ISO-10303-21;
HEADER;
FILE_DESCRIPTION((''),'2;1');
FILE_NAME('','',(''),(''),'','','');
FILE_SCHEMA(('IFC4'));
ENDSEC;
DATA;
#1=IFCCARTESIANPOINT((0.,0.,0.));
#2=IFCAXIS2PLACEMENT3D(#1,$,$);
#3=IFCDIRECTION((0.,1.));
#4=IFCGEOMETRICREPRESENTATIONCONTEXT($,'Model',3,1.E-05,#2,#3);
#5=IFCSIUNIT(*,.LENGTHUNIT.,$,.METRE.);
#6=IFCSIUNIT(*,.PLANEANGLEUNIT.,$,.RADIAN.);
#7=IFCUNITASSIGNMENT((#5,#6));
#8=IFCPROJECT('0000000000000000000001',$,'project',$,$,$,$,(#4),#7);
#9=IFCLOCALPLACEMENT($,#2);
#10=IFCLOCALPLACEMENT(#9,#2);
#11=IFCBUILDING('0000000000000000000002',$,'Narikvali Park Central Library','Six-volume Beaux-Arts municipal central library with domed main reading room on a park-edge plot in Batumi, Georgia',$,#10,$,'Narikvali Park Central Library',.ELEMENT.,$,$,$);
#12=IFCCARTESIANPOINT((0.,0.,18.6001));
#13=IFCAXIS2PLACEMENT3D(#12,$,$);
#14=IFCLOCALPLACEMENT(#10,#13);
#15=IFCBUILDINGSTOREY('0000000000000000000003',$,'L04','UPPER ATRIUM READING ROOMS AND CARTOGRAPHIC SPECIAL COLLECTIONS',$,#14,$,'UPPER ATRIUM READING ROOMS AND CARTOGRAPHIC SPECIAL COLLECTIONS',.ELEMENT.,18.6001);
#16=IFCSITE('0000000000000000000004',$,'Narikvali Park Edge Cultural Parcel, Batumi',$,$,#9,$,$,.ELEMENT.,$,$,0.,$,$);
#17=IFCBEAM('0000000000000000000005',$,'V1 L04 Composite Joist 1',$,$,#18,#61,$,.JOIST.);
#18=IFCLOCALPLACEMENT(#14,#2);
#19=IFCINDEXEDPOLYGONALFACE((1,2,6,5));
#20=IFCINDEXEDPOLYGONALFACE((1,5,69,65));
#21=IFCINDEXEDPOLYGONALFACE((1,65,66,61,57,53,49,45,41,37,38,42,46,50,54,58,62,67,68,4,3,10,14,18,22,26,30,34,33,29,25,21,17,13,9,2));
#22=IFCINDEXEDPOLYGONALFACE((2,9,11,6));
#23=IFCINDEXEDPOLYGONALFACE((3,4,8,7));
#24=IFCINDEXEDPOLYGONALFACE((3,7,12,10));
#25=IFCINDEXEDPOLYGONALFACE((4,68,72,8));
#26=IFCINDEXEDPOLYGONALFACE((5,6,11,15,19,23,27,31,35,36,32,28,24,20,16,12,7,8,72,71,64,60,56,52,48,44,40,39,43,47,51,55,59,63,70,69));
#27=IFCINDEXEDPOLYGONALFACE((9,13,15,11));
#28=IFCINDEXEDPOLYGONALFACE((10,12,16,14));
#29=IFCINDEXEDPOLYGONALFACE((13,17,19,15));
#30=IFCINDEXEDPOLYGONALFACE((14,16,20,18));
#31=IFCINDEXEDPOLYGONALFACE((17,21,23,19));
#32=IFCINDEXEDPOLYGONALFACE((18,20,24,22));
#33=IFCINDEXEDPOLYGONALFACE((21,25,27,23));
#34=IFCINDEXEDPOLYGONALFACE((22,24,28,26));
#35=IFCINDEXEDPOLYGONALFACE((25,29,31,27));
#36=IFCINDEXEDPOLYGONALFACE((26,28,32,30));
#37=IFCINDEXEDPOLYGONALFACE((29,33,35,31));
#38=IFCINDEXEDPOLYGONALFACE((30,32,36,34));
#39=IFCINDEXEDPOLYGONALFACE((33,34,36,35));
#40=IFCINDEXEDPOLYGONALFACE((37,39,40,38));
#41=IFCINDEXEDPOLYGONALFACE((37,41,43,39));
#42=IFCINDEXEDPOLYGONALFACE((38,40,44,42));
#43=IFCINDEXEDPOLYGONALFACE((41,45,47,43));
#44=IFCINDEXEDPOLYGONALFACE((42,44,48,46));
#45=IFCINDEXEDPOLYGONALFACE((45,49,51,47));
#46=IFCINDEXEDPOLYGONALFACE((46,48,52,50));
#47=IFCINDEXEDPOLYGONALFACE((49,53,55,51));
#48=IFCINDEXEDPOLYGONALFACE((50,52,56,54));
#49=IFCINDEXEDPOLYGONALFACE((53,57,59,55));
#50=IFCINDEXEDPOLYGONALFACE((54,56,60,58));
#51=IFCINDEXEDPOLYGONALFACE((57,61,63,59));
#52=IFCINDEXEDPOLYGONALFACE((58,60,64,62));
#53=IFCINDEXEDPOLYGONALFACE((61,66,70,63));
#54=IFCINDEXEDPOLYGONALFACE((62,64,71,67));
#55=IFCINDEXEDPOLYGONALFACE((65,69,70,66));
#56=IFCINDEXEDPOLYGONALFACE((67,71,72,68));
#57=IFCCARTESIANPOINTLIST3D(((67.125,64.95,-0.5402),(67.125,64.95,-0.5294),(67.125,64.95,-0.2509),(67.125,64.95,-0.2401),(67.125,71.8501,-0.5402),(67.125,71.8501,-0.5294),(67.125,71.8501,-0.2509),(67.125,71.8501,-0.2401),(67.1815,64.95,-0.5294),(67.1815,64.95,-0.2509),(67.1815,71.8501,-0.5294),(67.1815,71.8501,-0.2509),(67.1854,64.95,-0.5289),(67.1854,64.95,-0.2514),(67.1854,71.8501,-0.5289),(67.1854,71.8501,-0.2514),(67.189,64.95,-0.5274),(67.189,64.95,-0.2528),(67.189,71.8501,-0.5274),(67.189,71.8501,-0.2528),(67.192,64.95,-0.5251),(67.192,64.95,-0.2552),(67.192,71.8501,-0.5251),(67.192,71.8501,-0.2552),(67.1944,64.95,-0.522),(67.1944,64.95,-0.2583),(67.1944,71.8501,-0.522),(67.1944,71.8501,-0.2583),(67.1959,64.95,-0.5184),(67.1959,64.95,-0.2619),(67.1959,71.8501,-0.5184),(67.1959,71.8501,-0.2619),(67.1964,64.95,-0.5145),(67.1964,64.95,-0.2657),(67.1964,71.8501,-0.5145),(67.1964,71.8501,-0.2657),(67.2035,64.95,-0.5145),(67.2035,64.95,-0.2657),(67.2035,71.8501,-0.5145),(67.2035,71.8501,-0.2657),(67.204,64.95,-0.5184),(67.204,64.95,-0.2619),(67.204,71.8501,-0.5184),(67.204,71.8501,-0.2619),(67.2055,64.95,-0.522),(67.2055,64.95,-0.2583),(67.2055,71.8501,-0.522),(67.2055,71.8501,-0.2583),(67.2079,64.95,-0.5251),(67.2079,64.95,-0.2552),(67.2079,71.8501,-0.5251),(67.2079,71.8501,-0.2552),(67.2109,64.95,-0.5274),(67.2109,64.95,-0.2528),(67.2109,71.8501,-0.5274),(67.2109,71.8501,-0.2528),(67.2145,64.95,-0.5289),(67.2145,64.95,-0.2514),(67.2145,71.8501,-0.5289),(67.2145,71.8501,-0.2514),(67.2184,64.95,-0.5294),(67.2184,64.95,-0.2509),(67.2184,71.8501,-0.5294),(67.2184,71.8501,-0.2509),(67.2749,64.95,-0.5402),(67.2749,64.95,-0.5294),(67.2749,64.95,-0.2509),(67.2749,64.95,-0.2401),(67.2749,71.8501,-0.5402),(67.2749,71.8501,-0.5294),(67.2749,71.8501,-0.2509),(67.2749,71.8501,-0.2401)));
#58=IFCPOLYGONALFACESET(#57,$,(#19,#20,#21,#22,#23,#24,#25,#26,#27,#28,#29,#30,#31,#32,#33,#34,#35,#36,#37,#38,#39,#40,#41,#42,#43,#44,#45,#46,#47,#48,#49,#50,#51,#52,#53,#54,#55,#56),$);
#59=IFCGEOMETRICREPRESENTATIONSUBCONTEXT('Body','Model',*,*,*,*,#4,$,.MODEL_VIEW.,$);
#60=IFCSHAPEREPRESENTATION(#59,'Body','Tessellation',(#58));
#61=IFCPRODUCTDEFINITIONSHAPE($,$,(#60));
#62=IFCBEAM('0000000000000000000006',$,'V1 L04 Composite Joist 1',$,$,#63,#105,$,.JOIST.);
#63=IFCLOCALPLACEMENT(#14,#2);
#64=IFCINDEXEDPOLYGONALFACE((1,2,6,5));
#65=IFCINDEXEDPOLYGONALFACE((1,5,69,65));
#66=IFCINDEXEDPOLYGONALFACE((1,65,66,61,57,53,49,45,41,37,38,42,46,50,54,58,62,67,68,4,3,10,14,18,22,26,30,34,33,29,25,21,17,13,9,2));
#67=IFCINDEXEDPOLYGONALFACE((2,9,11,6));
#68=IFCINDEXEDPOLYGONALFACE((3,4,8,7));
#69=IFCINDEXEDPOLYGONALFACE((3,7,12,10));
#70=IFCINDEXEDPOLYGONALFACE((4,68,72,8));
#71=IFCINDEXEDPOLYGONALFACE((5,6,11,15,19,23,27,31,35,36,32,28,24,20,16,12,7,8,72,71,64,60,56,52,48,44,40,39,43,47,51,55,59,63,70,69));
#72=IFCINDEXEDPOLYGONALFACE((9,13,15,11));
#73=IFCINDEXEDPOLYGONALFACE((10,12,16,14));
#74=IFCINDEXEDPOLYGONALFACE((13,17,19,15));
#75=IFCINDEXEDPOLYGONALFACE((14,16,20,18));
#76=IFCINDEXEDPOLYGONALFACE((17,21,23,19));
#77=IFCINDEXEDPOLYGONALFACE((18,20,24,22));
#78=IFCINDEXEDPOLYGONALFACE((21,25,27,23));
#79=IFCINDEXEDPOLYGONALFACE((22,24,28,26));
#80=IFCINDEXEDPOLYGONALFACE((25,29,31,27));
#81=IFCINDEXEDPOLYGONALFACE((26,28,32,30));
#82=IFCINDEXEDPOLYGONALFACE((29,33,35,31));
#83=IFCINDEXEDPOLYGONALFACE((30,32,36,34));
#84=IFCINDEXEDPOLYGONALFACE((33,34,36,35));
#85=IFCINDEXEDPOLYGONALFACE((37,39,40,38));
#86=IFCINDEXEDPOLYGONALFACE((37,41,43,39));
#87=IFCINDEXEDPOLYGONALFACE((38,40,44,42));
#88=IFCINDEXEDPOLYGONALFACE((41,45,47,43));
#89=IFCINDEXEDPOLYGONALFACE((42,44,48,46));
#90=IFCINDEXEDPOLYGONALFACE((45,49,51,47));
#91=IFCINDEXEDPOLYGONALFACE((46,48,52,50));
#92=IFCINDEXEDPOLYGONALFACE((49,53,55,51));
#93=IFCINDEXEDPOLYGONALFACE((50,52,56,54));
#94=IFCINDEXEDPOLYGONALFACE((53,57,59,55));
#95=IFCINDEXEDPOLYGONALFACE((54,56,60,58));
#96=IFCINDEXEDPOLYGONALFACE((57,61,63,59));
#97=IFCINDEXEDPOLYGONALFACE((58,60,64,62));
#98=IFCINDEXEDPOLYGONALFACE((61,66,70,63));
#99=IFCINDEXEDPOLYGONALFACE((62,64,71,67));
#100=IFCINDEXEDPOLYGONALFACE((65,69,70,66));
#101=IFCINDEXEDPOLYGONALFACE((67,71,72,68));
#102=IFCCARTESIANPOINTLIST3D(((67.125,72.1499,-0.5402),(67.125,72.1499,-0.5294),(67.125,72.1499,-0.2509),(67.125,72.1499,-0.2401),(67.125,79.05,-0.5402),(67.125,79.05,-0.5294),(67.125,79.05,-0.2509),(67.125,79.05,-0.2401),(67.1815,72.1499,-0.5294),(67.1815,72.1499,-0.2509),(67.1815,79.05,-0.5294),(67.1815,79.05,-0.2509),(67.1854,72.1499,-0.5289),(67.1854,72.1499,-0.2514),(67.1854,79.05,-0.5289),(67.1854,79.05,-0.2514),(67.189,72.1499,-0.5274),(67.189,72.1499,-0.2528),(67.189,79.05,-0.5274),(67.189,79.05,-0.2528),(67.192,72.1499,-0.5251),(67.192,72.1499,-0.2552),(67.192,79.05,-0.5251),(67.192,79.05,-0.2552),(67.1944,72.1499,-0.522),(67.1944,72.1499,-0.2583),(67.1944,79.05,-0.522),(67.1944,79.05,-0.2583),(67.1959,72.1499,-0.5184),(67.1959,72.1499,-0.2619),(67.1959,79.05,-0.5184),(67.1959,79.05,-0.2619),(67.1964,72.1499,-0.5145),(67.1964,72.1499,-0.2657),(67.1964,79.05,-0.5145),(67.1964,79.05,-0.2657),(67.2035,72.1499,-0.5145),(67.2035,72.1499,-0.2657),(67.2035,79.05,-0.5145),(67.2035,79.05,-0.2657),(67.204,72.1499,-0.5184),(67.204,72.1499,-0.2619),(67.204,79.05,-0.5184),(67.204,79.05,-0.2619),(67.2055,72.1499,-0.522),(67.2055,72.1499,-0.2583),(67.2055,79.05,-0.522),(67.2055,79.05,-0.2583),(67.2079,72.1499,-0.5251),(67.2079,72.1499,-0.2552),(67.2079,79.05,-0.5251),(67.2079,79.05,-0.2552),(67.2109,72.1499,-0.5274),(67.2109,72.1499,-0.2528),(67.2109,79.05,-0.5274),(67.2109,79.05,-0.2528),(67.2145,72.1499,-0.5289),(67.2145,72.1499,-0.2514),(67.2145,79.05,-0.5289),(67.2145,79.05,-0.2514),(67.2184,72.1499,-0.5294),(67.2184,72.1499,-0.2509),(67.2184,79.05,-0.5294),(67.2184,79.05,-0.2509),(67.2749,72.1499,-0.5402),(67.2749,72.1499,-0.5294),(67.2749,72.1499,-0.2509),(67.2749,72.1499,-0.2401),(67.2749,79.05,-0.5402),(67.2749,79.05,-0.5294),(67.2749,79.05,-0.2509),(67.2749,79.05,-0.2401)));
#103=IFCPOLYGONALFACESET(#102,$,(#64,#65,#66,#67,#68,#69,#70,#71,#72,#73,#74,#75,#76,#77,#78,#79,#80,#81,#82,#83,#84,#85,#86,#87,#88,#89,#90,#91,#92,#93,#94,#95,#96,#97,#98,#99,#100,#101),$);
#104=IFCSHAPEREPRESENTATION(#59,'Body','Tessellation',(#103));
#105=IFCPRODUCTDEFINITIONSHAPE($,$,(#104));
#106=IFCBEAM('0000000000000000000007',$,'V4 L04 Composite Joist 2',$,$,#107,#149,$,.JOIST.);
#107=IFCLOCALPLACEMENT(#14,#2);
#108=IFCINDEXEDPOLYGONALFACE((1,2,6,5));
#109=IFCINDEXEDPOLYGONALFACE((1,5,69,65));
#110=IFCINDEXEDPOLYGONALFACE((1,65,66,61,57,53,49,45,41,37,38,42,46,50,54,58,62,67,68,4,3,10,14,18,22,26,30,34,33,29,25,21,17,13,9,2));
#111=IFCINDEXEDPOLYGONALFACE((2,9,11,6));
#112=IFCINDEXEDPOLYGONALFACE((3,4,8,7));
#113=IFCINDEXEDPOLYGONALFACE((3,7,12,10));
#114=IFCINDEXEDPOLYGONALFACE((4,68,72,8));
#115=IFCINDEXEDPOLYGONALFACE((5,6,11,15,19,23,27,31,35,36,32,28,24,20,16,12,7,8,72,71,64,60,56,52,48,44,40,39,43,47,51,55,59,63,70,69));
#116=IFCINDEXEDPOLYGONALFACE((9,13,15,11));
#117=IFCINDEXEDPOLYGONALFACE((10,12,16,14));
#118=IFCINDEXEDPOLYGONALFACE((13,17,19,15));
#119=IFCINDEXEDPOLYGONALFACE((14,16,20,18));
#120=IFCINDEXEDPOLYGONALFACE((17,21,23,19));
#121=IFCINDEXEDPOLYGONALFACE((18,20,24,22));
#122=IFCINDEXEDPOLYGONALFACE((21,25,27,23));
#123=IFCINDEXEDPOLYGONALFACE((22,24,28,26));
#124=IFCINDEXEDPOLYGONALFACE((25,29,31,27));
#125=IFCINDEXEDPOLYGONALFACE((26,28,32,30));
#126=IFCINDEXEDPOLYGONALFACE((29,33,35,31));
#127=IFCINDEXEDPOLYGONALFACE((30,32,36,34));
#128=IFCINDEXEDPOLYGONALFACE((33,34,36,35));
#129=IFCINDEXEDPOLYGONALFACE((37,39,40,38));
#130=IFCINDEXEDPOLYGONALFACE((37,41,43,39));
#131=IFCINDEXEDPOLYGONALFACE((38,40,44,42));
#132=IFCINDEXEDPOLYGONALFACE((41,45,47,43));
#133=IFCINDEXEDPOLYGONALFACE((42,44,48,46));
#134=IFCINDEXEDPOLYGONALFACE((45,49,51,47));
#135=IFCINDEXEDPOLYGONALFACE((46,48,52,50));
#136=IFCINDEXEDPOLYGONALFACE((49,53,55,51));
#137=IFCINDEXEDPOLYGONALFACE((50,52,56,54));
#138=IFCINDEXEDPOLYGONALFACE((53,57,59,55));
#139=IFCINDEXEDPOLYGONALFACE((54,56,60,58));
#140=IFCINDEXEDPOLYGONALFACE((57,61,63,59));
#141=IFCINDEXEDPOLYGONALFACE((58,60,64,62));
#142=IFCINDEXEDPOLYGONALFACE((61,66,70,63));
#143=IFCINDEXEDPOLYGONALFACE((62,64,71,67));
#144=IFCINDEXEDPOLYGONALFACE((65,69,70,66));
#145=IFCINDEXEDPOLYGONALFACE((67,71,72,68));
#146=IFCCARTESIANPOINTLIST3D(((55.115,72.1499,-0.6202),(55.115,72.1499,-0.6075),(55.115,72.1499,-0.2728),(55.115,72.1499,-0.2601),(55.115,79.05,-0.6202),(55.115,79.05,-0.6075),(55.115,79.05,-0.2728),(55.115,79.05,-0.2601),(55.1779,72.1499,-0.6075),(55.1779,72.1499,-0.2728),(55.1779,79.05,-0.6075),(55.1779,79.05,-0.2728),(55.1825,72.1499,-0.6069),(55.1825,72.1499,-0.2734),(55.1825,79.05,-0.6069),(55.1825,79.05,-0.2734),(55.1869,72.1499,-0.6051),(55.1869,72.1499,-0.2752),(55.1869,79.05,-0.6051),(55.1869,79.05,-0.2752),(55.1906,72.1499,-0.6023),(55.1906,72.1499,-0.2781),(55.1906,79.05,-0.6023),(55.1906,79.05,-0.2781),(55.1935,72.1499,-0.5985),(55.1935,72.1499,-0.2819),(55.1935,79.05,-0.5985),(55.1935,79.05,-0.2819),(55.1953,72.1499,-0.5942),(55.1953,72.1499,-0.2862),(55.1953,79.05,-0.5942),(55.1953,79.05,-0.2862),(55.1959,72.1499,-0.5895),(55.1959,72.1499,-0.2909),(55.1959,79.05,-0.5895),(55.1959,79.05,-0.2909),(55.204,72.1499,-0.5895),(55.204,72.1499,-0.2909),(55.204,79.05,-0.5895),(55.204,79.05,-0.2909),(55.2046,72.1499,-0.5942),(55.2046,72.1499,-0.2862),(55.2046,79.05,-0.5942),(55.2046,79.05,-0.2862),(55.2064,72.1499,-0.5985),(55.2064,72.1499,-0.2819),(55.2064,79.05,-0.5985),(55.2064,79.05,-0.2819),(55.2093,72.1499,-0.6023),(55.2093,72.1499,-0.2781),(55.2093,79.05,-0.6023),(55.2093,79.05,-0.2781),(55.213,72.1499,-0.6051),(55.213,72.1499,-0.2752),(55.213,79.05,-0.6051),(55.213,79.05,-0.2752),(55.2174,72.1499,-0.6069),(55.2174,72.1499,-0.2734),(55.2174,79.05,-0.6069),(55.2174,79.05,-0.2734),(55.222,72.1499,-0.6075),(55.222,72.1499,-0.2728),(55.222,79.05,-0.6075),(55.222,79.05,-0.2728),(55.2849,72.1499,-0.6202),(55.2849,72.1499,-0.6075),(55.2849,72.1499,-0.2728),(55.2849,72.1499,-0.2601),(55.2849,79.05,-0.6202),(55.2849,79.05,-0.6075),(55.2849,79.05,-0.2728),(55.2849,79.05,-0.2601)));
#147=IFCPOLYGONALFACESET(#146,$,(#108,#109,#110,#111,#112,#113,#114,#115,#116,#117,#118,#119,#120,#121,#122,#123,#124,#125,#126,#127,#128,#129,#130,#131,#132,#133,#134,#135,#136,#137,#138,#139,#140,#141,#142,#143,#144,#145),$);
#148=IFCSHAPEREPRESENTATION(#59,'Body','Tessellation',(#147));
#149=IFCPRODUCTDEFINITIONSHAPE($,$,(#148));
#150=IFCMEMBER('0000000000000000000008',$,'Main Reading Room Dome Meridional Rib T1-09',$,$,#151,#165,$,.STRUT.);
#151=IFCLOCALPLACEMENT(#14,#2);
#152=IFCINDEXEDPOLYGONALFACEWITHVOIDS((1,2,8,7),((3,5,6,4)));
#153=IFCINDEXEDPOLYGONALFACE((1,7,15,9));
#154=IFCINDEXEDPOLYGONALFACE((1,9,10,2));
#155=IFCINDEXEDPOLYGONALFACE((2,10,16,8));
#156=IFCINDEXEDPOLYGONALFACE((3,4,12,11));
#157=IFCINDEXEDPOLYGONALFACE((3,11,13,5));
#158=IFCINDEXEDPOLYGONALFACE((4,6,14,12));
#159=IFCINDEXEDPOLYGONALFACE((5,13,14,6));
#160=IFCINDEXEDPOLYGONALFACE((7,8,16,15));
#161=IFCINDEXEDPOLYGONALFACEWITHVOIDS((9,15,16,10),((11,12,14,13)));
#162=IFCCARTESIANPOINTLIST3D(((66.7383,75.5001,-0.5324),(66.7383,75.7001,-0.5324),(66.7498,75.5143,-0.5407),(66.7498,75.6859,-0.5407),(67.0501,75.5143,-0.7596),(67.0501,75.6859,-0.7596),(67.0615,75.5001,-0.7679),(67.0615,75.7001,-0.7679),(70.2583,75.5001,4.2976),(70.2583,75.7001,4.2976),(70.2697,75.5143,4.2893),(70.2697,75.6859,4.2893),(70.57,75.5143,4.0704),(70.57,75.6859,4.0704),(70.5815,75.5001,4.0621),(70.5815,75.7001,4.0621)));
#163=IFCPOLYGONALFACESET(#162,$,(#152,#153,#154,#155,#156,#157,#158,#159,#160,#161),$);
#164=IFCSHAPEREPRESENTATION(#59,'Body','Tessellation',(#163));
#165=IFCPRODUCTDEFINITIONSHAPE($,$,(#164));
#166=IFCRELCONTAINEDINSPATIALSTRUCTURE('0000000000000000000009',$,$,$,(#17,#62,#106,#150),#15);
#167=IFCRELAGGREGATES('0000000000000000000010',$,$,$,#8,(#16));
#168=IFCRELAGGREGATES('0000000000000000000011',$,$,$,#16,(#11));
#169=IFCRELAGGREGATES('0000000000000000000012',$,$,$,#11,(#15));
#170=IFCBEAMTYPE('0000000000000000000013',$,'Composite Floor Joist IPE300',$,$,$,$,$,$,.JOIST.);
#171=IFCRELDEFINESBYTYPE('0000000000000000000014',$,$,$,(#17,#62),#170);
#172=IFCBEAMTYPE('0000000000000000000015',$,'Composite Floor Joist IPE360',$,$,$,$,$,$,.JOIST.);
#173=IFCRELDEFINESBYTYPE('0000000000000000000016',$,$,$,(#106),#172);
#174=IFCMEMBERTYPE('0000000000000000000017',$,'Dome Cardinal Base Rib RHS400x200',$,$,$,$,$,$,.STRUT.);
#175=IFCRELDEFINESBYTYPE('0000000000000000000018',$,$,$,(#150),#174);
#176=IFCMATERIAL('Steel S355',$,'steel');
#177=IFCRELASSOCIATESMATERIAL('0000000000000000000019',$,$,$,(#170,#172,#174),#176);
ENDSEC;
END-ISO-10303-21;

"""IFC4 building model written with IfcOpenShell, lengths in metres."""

from ifc_helpers import new_model, si_unit, direction, frame, origin, origin_2d, place, context, subcontext, project, spatial, hollow_rectangle, i_section, extrude, material, material_profile, profile_set, type_object, element, save


model = new_model("IFC4")

# Units and contexts
model_context = context("Model", 3, precision=1e-05, world=origin(), true_north=direction((0.0, 1.0)))
body_context = subcontext(model_context, "Body", "Model", "MODEL_VIEW")
ifc_project = project(units=[si_unit("LENGTHUNIT", "METRE"), si_unit("PLANEANGLEUNIT", "RADIAN")], contexts=[model_context])

# Site, building, storey
site_placement = place(None, origin())
site = spatial("IfcSite", under=ifc_project, at=site_placement, Name="Narikvali Park Edge Cultural Parcel, Batumi", CompositionType="ELEMENT", RefElevation=0.0)
building_placement = place(site_placement, origin())
building = spatial("IfcBuilding", under=site, at=building_placement, Name="Narikvali Park Central Library", Description="Six-volume Beaux-Arts municipal central library with domed main reading room on a park-edge plot in Batumi, Georgia", LongName="Narikvali Park Central Library", CompositionType="ELEMENT")
storey_placement = place(building_placement, frame((0.0, 0.0, 18.6001)))
storey = spatial("IfcBuildingStorey", under=building, at=storey_placement, Name="L04", Description="UPPER ATRIUM READING ROOMS AND CARTOGRAPHIC SPECIAL COLLECTIONS", LongName="UPPER ATRIUM READING ROOMS AND CARTOGRAPHIC SPECIAL COLLECTIONS", CompositionType="ELEMENT", Elevation=18.6001)

# Shared definitions
ifc_material_1 = material(Name="Steel S355", Category="steel")

# Beams
ifc_material_profile_1 = material_profile(ifc_material_1, i_section(OverallWidth=0.1499, OverallDepth=0.3, WebThickness=0.0071, FlangeThickness=0.0107, FilletRadius=0.0149, at=origin_2d()), Name="IPE 300")
ifc_profile_set_1 = profile_set([ifc_material_profile_1], Name="Steel S355")
beam_type_1 = type_object("IfcBeamType", Name="Composite Floor Joist IPE300", PredefinedType="JOIST", material=ifc_profile_set_1)
for number, where, z_axis, x_axis, name in (
    (1, (67.2, 64.95, -0.3901), (0.0, 1.0, 0.0), (-1.0, 0.0, 0.0), "V1 L04 Composite Joist 1"),
    (2, (67.2, 72.1499, -0.3901), (0.0, 1.0, 0.0), (-1.0, 0.0, 0.0), "V1 L04 Composite Joist 1"),
):
    element("IfcBeam", number, at=place(storey_placement, frame(where, z_axis=z_axis, x_axis=x_axis)), inside=storey, type_object=beam_type_1, Name=name, PredefinedType="JOIST", context=body_context, shape_type="SweptSolid", body=[
        extrude(i_section(OverallWidth=0.1499, OverallDepth=0.3, WebThickness=0.0071, FlangeThickness=0.0107, FilletRadius=0.0149, at=origin_2d()), origin(), (0.0, 0.0, 1.0), 6.9001),
    ])
ifc_material_profile_2 = material_profile(ifc_material_1, i_section(OverallWidth=0.1699, OverallDepth=0.3601, WebThickness=0.0081, FlangeThickness=0.0127, FilletRadius=0.0181, at=origin_2d()), Name="IPE 360")
ifc_profile_set_2 = profile_set([ifc_material_profile_2], Name="Steel S355")
beam_type_2 = type_object("IfcBeamType", Name="Composite Floor Joist IPE360", PredefinedType="JOIST", material=ifc_profile_set_2)
beam_1_placement = place(storey_placement, frame((55.2, 72.1499, -0.4402), z_axis=(0.0, 1.0, 0.0), x_axis=(-1.0, 0.0, 0.0)))
element("IfcBeam", 3, at=beam_1_placement, inside=storey, type_object=beam_type_2, Name="V4 L04 Composite Joist 2", PredefinedType="JOIST", context=body_context, shape_type="SweptSolid", body=[
    extrude(i_section(OverallWidth=0.1699, OverallDepth=0.3601, WebThickness=0.0081, FlangeThickness=0.0127, FilletRadius=0.0181, at=origin_2d()), origin(), (0.0, 0.0, 1.0), 6.9001),
])

# Member
ifc_material_profile_3 = material_profile(ifc_material_1, hollow_rectangle(XDim=0.2, YDim=0.3999, WallThickness=0.0142, at=origin_2d()), Name="RHS 400x200x14.2")
ifc_profile_set_3 = profile_set([ifc_material_profile_3], Name="Steel S355")
member_type_1 = type_object("IfcMemberType", Name="Dome Cardinal Base Rib RHS400x200", PredefinedType="STRUT", material=ifc_profile_set_3)
member_1_placement = place(storey_placement, frame((66.8999, 75.6001, -0.6501), z_axis=(0.588963, 0.0, 0.80816), x_axis=(0.0, 1.0, 0.0)))
element("IfcMember", 4, at=member_1_placement, inside=storey, type_object=member_type_1, Name="Main Reading Room Dome Meridional Rib T1-09", PredefinedType="STRUT", context=body_context, shape_type="SweptSolid", body=[
    extrude(hollow_rectangle(XDim=0.2, YDim=0.3999, WallThickness=0.0142, at=origin_2d()), origin(), (0.0, 0.0, 1.0), 5.9766),
])

save(model, "model.ifc")
